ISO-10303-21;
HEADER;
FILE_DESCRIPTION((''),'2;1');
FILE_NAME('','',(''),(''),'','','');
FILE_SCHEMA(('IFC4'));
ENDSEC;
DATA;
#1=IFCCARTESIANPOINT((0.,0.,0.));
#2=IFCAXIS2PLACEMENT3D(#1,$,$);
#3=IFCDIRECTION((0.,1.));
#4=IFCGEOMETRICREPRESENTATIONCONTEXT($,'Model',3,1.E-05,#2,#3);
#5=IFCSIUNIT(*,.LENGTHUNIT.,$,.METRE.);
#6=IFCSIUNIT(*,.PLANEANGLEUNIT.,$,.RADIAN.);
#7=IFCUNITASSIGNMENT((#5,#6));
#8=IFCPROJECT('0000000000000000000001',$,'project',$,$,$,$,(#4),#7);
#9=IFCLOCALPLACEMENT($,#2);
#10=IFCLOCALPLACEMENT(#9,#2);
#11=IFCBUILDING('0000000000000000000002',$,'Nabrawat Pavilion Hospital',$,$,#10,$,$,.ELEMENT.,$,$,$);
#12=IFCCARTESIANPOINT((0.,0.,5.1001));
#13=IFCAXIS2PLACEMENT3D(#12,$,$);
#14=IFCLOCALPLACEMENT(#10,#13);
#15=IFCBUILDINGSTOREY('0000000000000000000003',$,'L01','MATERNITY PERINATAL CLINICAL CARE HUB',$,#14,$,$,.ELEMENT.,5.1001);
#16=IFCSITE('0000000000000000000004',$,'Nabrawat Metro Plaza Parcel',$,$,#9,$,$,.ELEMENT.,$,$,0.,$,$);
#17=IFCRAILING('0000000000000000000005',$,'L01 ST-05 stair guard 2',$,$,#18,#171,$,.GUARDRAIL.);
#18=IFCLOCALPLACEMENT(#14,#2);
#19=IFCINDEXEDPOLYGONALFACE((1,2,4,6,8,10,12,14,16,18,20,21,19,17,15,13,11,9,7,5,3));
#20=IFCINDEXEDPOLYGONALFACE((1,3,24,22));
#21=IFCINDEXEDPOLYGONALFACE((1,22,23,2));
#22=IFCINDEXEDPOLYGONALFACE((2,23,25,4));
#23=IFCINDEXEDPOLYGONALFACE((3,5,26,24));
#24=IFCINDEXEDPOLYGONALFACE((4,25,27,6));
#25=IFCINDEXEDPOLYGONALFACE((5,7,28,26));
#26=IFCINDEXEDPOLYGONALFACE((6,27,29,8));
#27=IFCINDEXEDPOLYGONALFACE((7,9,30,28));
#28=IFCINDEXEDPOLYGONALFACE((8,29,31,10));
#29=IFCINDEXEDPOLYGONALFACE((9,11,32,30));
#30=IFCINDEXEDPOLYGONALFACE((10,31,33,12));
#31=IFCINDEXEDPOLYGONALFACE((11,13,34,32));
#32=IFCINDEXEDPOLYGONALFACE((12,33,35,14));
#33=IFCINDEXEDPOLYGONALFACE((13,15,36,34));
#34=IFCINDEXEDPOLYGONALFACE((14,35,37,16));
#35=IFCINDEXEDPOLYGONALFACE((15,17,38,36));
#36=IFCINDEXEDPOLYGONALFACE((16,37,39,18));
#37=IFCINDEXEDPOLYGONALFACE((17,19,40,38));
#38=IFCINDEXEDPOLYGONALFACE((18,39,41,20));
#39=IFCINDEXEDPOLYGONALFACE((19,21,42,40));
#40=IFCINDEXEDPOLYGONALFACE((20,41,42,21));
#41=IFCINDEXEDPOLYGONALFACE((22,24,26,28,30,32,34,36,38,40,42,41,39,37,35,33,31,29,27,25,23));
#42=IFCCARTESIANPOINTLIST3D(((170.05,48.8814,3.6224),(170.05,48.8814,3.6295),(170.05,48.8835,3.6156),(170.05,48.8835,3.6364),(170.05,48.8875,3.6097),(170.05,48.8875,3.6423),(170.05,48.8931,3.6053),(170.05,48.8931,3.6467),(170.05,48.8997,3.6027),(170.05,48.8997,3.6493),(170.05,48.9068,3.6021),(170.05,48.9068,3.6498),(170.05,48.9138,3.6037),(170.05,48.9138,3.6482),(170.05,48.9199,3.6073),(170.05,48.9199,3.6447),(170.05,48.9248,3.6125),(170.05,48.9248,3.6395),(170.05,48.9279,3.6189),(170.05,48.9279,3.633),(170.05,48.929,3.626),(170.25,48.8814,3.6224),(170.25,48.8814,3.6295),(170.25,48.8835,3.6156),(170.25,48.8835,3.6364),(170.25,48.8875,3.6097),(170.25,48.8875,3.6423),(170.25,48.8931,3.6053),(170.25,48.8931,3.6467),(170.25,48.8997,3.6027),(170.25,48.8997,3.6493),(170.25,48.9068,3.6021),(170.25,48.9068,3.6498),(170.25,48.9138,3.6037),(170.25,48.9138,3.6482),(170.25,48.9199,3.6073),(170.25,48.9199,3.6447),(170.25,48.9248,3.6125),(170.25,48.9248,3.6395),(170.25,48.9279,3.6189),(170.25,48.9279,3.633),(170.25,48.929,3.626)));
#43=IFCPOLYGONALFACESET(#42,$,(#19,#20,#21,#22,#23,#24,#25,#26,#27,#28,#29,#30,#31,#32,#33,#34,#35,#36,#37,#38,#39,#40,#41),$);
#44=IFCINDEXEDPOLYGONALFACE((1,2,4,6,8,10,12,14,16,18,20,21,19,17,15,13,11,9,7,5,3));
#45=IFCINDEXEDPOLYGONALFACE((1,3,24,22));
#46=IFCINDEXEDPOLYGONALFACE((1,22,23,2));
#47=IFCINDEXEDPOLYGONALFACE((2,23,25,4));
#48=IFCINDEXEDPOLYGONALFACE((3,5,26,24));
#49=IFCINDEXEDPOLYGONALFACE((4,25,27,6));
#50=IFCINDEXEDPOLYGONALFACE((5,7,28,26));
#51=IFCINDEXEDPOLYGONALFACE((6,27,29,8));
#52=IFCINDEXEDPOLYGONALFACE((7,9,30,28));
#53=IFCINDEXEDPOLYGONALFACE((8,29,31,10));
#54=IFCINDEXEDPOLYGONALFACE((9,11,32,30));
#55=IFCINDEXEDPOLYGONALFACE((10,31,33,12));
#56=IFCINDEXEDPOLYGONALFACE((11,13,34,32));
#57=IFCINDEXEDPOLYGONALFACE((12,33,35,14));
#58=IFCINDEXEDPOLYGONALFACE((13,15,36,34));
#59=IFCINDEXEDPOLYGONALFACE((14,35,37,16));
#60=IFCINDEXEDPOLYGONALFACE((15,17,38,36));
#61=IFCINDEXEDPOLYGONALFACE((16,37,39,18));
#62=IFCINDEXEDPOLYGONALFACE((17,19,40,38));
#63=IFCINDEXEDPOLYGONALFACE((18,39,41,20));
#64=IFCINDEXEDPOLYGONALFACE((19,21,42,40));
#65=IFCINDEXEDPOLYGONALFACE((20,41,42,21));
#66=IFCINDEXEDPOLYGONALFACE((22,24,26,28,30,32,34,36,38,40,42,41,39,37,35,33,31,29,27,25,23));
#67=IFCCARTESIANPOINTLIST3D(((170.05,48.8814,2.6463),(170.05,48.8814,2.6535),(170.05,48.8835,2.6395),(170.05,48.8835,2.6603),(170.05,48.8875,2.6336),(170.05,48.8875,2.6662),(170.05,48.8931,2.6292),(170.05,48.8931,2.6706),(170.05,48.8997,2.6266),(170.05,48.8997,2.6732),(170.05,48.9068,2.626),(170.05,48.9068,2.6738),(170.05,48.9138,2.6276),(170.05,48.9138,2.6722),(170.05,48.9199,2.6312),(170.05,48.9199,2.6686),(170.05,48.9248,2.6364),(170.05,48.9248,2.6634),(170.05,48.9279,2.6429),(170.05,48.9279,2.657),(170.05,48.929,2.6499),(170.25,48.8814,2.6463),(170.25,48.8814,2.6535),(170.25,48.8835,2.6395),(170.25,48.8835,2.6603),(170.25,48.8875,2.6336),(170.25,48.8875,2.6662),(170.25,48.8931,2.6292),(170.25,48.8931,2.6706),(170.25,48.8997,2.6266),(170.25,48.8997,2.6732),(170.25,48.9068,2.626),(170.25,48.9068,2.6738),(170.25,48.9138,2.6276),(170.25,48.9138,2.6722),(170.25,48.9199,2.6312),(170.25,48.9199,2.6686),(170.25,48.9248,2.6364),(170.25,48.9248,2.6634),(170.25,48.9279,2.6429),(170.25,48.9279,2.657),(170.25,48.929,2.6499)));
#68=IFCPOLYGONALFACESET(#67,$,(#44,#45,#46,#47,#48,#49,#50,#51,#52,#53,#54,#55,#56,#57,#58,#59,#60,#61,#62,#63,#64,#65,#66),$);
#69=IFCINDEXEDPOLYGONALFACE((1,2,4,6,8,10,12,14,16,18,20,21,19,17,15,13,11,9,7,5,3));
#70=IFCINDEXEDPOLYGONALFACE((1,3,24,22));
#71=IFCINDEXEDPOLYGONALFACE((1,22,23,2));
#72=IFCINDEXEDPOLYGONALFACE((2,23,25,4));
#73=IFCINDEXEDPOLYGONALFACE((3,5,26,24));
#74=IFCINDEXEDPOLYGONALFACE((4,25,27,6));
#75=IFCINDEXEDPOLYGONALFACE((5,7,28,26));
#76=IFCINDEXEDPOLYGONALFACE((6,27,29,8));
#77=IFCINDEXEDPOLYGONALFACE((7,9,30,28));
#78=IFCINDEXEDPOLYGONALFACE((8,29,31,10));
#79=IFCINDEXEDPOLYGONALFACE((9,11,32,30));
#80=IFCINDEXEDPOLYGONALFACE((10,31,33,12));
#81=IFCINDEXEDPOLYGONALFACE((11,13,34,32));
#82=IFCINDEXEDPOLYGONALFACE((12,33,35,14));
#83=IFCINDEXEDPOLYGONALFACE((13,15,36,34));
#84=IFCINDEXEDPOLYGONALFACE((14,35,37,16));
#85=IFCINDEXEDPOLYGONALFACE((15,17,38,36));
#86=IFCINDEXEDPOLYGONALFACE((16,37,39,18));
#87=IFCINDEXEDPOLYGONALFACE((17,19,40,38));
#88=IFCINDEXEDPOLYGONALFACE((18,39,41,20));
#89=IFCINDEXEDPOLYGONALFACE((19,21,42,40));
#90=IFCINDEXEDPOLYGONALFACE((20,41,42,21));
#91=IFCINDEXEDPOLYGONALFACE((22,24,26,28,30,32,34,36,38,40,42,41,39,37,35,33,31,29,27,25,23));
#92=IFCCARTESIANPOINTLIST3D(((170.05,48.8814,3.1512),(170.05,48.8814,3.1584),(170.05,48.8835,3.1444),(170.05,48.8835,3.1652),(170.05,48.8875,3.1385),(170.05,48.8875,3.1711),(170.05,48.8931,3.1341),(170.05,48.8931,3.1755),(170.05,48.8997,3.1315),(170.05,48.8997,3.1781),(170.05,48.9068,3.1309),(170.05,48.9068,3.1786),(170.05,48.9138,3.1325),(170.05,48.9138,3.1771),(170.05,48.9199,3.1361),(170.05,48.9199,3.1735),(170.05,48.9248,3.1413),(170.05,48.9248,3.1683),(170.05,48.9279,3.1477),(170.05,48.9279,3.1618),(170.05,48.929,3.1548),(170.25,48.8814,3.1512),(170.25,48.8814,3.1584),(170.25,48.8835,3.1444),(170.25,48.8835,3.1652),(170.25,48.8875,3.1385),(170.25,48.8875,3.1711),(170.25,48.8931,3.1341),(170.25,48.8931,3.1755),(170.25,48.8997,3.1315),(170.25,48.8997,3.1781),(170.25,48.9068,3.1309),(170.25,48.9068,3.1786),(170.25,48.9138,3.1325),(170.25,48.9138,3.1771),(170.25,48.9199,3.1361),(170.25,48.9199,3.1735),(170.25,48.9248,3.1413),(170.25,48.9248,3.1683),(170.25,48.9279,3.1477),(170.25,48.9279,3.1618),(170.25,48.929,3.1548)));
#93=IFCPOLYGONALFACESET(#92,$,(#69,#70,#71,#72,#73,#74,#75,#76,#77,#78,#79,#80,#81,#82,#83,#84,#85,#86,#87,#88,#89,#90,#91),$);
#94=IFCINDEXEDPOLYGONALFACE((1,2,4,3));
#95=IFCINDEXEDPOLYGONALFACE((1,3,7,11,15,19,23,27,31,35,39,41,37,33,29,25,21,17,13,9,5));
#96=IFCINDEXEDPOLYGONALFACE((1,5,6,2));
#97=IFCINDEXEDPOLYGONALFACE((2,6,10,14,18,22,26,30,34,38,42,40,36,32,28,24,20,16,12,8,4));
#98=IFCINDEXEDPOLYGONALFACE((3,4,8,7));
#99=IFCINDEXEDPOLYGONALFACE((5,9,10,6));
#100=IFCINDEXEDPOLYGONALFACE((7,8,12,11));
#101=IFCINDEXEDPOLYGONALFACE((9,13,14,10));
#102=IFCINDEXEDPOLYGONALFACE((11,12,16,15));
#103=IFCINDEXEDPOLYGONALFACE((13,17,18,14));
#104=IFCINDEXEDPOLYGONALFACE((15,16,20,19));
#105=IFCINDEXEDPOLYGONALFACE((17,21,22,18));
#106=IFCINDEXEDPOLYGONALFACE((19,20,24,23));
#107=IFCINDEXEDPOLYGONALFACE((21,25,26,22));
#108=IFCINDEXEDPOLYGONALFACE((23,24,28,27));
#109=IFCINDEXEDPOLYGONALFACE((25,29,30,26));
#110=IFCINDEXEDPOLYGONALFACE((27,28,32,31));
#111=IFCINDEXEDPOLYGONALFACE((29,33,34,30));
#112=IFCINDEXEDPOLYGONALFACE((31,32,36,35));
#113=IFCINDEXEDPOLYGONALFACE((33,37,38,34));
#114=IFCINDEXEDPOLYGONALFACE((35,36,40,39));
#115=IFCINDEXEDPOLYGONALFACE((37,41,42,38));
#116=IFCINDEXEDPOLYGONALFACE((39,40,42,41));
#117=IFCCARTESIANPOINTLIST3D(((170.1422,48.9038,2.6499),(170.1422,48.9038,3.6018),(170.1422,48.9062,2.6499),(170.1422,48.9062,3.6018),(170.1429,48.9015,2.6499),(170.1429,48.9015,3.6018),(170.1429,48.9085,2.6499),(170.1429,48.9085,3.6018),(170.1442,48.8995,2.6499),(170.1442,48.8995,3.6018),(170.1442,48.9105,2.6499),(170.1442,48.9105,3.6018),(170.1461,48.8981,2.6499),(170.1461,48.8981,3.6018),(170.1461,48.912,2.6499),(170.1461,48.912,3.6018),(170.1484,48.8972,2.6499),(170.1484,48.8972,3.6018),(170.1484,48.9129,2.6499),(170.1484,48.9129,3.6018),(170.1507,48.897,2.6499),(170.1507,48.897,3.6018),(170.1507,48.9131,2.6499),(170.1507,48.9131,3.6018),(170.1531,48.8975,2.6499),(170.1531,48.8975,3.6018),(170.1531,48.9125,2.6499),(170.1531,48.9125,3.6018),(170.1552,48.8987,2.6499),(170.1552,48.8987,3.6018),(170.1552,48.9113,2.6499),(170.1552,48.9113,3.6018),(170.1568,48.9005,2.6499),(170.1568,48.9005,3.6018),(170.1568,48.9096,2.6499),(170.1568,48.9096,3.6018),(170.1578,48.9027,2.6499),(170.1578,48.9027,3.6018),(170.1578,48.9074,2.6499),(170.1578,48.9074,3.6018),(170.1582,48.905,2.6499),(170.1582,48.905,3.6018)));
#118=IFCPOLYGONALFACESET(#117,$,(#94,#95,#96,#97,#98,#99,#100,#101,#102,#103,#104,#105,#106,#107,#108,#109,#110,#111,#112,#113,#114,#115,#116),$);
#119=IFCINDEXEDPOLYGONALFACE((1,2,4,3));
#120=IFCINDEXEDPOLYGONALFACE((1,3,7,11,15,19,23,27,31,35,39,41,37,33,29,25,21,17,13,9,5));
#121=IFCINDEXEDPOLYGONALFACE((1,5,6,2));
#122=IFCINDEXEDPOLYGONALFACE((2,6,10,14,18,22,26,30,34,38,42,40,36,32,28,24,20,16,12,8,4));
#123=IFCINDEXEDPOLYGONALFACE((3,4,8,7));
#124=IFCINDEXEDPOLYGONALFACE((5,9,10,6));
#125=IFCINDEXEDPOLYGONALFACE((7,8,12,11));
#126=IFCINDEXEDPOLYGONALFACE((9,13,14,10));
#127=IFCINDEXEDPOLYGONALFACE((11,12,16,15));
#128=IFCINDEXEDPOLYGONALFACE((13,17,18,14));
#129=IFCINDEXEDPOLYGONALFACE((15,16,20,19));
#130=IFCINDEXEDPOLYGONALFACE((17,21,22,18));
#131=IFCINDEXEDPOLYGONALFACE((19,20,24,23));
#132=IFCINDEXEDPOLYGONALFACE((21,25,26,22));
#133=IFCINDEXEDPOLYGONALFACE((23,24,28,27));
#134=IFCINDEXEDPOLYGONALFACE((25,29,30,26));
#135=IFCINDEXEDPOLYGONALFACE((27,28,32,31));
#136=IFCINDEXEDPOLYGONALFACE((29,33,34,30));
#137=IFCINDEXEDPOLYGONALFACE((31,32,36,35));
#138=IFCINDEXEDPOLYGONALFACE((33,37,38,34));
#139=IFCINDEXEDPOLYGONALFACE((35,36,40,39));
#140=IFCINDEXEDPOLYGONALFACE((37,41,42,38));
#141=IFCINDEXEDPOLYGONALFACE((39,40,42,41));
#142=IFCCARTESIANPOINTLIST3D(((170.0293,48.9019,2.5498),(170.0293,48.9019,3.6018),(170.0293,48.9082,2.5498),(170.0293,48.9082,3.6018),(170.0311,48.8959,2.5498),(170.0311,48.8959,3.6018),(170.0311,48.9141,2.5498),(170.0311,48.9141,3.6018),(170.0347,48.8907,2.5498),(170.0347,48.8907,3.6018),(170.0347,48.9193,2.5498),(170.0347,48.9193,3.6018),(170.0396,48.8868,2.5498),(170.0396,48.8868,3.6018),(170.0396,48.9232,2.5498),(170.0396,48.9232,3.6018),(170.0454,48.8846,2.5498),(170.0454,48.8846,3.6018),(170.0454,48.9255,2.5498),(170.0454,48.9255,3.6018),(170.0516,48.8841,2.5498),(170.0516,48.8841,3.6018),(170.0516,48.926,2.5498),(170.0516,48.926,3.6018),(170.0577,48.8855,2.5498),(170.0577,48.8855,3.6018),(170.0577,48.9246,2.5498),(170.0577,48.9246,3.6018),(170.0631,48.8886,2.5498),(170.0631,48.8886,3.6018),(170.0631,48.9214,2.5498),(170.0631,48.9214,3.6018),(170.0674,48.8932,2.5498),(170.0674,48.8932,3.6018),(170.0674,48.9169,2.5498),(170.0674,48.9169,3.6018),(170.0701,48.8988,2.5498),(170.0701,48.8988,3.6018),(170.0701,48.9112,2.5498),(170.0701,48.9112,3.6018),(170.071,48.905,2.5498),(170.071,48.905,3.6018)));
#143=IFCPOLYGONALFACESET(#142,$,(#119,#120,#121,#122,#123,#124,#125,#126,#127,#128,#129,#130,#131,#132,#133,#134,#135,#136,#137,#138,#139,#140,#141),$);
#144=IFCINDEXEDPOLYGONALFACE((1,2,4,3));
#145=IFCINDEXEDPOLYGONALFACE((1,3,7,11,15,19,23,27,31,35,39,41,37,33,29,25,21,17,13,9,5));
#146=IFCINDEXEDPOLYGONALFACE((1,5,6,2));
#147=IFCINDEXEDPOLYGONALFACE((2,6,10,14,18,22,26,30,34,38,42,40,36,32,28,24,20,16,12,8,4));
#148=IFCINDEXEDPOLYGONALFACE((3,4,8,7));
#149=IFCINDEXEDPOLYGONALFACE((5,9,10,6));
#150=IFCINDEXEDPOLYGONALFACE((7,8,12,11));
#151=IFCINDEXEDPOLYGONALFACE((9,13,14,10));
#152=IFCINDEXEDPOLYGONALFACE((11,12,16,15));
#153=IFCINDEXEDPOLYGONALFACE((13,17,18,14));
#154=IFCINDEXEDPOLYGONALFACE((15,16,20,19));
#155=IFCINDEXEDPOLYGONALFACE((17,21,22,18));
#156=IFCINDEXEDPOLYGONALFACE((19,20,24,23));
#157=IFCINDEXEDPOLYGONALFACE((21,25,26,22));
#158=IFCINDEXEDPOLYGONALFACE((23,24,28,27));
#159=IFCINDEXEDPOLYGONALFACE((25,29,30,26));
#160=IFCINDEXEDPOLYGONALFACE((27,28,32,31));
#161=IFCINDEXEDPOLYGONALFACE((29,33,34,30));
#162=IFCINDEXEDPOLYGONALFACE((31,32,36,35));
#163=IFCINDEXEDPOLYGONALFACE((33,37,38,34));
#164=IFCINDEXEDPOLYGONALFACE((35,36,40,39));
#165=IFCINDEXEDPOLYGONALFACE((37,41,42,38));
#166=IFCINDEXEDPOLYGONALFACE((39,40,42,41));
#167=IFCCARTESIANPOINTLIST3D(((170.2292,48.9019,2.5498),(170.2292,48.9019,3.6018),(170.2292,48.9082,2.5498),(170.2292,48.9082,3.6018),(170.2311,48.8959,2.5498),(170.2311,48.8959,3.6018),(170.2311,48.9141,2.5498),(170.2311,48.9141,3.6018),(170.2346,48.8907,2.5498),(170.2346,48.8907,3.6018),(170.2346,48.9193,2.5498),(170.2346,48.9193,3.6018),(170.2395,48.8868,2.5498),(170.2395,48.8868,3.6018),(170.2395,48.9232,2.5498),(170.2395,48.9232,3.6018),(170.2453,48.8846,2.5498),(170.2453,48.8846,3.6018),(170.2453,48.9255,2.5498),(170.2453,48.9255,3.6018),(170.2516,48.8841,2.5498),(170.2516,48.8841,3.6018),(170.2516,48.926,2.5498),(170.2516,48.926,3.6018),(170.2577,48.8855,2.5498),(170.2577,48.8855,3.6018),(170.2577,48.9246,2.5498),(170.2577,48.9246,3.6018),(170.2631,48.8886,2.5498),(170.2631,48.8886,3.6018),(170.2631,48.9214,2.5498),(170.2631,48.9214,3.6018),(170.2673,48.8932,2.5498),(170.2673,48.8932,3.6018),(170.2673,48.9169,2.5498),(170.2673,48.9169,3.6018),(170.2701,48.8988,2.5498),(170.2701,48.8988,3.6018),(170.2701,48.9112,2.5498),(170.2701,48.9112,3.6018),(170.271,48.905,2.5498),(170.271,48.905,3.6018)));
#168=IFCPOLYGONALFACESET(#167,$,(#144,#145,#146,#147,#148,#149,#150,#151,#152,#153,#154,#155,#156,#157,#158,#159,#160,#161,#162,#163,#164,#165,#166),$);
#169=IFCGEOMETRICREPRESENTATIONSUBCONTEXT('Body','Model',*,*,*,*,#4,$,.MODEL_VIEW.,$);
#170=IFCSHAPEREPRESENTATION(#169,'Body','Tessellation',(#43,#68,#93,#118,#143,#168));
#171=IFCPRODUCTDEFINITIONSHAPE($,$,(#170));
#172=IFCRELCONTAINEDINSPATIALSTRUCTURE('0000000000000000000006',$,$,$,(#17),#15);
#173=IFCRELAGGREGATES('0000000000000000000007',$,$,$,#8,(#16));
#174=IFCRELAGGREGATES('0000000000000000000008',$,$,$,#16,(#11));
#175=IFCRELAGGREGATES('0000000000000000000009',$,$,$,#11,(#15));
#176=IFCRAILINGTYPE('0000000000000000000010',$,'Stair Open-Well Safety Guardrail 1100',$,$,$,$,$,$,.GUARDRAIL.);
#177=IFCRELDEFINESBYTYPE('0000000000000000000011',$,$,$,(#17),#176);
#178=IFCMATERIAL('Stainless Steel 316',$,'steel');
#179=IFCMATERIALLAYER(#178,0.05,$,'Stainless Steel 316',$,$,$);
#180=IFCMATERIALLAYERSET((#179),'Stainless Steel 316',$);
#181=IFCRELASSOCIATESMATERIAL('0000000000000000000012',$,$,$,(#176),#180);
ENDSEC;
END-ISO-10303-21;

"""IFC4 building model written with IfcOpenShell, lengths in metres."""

from ifc_helpers import new_model, si_unit, direction, frame, origin, origin_2d, place, context, subcontext, project, spatial, circle, extrude, material, layer, layer_set, type_object, element, save


model = new_model("IFC4")

# Units and contexts
model_context = context("Model", 3, precision=1e-05, world=origin(), true_north=direction((0.0, 1.0)))
body_context = subcontext(model_context, "Body", "Model", "MODEL_VIEW")
ifc_project = project(units=[si_unit("LENGTHUNIT", "METRE"), si_unit("PLANEANGLEUNIT", "RADIAN")], contexts=[model_context])

# Site, building, storey
site_placement = place(None, origin())
site = spatial("IfcSite", under=ifc_project, at=site_placement, Name="Nabrawat Metro Plaza Parcel", CompositionType="ELEMENT", RefElevation=0.0)
building_placement = place(site_placement, origin())
building = spatial("IfcBuilding", under=site, at=building_placement, Name="Nabrawat Pavilion Hospital", CompositionType="ELEMENT")
storey_placement = place(building_placement, frame((0.0, 0.0, 5.1001)))
storey = spatial("IfcBuildingStorey", under=building, at=storey_placement, Name="L01", Description="MATERNITY PERINATAL CLINICAL CARE HUB", CompositionType="ELEMENT", Elevation=5.1001)

# Railing
ifc_material_1 = material(Name="Stainless Steel 316", Category="steel")
ifc_layer_1 = layer(ifc_material_1, 0.05, Name="Stainless Steel 316")
ifc_layer_set_1 = layer_set([ifc_layer_1], Name="Stainless Steel 316")
railing_type_1 = type_object("IfcRailingType", Name="Stair Open-Well Safety Guardrail 1100", PredefinedType="GUARDRAIL", material=ifc_layer_set_1)
railing_1_placement = place(storey_placement, frame((170.05, 48.905, 2.5498)))
element("IfcRailing", 1, at=railing_1_placement, inside=storey, type_object=railing_type_1, Name="L01 ST-05 stair guard 2", PredefinedType="GUARDRAIL", context=body_context, shape_type="SweptSolid", body=[
    extrude(circle(Radius=0.0239, at=origin_2d()), frame((0.0, 0.0, 1.0762), z_axis=(1.0, 0.0, 0.0), x_axis=(0.0, 1.0, 0.0)), (0.0, 0.0, 1.0), 0.2),
    extrude(circle(Radius=0.0239, at=origin_2d()), frame((0.0, 0.0, 0.1001), z_axis=(1.0, 0.0, 0.0), x_axis=(0.0, 1.0, 0.0)), (0.0, 0.0, 1.0), 0.2),
    extrude(circle(Radius=0.0239, at=origin_2d()), frame((0.0, 0.0, 0.605), z_axis=(1.0, 0.0, 0.0), x_axis=(0.0, 1.0, 0.0)), (0.0, 0.0, 1.0), 0.2),
    extrude(circle(Radius=0.0081, at=origin_2d()), frame((0.1001, 0.0, 0.1001)), (0.0, 0.0, 1.0), 0.9519),
    extrude(circle(Radius=0.021, at=origin_2d()), origin(), (0.0, 0.0, 1.0), 1.052),
    extrude(circle(Radius=0.021, at=origin_2d()), frame((0.2, 0.0, 0.0)), (0.0, 0.0, 1.0), 1.052),
])

save(model, "model.ifc")
